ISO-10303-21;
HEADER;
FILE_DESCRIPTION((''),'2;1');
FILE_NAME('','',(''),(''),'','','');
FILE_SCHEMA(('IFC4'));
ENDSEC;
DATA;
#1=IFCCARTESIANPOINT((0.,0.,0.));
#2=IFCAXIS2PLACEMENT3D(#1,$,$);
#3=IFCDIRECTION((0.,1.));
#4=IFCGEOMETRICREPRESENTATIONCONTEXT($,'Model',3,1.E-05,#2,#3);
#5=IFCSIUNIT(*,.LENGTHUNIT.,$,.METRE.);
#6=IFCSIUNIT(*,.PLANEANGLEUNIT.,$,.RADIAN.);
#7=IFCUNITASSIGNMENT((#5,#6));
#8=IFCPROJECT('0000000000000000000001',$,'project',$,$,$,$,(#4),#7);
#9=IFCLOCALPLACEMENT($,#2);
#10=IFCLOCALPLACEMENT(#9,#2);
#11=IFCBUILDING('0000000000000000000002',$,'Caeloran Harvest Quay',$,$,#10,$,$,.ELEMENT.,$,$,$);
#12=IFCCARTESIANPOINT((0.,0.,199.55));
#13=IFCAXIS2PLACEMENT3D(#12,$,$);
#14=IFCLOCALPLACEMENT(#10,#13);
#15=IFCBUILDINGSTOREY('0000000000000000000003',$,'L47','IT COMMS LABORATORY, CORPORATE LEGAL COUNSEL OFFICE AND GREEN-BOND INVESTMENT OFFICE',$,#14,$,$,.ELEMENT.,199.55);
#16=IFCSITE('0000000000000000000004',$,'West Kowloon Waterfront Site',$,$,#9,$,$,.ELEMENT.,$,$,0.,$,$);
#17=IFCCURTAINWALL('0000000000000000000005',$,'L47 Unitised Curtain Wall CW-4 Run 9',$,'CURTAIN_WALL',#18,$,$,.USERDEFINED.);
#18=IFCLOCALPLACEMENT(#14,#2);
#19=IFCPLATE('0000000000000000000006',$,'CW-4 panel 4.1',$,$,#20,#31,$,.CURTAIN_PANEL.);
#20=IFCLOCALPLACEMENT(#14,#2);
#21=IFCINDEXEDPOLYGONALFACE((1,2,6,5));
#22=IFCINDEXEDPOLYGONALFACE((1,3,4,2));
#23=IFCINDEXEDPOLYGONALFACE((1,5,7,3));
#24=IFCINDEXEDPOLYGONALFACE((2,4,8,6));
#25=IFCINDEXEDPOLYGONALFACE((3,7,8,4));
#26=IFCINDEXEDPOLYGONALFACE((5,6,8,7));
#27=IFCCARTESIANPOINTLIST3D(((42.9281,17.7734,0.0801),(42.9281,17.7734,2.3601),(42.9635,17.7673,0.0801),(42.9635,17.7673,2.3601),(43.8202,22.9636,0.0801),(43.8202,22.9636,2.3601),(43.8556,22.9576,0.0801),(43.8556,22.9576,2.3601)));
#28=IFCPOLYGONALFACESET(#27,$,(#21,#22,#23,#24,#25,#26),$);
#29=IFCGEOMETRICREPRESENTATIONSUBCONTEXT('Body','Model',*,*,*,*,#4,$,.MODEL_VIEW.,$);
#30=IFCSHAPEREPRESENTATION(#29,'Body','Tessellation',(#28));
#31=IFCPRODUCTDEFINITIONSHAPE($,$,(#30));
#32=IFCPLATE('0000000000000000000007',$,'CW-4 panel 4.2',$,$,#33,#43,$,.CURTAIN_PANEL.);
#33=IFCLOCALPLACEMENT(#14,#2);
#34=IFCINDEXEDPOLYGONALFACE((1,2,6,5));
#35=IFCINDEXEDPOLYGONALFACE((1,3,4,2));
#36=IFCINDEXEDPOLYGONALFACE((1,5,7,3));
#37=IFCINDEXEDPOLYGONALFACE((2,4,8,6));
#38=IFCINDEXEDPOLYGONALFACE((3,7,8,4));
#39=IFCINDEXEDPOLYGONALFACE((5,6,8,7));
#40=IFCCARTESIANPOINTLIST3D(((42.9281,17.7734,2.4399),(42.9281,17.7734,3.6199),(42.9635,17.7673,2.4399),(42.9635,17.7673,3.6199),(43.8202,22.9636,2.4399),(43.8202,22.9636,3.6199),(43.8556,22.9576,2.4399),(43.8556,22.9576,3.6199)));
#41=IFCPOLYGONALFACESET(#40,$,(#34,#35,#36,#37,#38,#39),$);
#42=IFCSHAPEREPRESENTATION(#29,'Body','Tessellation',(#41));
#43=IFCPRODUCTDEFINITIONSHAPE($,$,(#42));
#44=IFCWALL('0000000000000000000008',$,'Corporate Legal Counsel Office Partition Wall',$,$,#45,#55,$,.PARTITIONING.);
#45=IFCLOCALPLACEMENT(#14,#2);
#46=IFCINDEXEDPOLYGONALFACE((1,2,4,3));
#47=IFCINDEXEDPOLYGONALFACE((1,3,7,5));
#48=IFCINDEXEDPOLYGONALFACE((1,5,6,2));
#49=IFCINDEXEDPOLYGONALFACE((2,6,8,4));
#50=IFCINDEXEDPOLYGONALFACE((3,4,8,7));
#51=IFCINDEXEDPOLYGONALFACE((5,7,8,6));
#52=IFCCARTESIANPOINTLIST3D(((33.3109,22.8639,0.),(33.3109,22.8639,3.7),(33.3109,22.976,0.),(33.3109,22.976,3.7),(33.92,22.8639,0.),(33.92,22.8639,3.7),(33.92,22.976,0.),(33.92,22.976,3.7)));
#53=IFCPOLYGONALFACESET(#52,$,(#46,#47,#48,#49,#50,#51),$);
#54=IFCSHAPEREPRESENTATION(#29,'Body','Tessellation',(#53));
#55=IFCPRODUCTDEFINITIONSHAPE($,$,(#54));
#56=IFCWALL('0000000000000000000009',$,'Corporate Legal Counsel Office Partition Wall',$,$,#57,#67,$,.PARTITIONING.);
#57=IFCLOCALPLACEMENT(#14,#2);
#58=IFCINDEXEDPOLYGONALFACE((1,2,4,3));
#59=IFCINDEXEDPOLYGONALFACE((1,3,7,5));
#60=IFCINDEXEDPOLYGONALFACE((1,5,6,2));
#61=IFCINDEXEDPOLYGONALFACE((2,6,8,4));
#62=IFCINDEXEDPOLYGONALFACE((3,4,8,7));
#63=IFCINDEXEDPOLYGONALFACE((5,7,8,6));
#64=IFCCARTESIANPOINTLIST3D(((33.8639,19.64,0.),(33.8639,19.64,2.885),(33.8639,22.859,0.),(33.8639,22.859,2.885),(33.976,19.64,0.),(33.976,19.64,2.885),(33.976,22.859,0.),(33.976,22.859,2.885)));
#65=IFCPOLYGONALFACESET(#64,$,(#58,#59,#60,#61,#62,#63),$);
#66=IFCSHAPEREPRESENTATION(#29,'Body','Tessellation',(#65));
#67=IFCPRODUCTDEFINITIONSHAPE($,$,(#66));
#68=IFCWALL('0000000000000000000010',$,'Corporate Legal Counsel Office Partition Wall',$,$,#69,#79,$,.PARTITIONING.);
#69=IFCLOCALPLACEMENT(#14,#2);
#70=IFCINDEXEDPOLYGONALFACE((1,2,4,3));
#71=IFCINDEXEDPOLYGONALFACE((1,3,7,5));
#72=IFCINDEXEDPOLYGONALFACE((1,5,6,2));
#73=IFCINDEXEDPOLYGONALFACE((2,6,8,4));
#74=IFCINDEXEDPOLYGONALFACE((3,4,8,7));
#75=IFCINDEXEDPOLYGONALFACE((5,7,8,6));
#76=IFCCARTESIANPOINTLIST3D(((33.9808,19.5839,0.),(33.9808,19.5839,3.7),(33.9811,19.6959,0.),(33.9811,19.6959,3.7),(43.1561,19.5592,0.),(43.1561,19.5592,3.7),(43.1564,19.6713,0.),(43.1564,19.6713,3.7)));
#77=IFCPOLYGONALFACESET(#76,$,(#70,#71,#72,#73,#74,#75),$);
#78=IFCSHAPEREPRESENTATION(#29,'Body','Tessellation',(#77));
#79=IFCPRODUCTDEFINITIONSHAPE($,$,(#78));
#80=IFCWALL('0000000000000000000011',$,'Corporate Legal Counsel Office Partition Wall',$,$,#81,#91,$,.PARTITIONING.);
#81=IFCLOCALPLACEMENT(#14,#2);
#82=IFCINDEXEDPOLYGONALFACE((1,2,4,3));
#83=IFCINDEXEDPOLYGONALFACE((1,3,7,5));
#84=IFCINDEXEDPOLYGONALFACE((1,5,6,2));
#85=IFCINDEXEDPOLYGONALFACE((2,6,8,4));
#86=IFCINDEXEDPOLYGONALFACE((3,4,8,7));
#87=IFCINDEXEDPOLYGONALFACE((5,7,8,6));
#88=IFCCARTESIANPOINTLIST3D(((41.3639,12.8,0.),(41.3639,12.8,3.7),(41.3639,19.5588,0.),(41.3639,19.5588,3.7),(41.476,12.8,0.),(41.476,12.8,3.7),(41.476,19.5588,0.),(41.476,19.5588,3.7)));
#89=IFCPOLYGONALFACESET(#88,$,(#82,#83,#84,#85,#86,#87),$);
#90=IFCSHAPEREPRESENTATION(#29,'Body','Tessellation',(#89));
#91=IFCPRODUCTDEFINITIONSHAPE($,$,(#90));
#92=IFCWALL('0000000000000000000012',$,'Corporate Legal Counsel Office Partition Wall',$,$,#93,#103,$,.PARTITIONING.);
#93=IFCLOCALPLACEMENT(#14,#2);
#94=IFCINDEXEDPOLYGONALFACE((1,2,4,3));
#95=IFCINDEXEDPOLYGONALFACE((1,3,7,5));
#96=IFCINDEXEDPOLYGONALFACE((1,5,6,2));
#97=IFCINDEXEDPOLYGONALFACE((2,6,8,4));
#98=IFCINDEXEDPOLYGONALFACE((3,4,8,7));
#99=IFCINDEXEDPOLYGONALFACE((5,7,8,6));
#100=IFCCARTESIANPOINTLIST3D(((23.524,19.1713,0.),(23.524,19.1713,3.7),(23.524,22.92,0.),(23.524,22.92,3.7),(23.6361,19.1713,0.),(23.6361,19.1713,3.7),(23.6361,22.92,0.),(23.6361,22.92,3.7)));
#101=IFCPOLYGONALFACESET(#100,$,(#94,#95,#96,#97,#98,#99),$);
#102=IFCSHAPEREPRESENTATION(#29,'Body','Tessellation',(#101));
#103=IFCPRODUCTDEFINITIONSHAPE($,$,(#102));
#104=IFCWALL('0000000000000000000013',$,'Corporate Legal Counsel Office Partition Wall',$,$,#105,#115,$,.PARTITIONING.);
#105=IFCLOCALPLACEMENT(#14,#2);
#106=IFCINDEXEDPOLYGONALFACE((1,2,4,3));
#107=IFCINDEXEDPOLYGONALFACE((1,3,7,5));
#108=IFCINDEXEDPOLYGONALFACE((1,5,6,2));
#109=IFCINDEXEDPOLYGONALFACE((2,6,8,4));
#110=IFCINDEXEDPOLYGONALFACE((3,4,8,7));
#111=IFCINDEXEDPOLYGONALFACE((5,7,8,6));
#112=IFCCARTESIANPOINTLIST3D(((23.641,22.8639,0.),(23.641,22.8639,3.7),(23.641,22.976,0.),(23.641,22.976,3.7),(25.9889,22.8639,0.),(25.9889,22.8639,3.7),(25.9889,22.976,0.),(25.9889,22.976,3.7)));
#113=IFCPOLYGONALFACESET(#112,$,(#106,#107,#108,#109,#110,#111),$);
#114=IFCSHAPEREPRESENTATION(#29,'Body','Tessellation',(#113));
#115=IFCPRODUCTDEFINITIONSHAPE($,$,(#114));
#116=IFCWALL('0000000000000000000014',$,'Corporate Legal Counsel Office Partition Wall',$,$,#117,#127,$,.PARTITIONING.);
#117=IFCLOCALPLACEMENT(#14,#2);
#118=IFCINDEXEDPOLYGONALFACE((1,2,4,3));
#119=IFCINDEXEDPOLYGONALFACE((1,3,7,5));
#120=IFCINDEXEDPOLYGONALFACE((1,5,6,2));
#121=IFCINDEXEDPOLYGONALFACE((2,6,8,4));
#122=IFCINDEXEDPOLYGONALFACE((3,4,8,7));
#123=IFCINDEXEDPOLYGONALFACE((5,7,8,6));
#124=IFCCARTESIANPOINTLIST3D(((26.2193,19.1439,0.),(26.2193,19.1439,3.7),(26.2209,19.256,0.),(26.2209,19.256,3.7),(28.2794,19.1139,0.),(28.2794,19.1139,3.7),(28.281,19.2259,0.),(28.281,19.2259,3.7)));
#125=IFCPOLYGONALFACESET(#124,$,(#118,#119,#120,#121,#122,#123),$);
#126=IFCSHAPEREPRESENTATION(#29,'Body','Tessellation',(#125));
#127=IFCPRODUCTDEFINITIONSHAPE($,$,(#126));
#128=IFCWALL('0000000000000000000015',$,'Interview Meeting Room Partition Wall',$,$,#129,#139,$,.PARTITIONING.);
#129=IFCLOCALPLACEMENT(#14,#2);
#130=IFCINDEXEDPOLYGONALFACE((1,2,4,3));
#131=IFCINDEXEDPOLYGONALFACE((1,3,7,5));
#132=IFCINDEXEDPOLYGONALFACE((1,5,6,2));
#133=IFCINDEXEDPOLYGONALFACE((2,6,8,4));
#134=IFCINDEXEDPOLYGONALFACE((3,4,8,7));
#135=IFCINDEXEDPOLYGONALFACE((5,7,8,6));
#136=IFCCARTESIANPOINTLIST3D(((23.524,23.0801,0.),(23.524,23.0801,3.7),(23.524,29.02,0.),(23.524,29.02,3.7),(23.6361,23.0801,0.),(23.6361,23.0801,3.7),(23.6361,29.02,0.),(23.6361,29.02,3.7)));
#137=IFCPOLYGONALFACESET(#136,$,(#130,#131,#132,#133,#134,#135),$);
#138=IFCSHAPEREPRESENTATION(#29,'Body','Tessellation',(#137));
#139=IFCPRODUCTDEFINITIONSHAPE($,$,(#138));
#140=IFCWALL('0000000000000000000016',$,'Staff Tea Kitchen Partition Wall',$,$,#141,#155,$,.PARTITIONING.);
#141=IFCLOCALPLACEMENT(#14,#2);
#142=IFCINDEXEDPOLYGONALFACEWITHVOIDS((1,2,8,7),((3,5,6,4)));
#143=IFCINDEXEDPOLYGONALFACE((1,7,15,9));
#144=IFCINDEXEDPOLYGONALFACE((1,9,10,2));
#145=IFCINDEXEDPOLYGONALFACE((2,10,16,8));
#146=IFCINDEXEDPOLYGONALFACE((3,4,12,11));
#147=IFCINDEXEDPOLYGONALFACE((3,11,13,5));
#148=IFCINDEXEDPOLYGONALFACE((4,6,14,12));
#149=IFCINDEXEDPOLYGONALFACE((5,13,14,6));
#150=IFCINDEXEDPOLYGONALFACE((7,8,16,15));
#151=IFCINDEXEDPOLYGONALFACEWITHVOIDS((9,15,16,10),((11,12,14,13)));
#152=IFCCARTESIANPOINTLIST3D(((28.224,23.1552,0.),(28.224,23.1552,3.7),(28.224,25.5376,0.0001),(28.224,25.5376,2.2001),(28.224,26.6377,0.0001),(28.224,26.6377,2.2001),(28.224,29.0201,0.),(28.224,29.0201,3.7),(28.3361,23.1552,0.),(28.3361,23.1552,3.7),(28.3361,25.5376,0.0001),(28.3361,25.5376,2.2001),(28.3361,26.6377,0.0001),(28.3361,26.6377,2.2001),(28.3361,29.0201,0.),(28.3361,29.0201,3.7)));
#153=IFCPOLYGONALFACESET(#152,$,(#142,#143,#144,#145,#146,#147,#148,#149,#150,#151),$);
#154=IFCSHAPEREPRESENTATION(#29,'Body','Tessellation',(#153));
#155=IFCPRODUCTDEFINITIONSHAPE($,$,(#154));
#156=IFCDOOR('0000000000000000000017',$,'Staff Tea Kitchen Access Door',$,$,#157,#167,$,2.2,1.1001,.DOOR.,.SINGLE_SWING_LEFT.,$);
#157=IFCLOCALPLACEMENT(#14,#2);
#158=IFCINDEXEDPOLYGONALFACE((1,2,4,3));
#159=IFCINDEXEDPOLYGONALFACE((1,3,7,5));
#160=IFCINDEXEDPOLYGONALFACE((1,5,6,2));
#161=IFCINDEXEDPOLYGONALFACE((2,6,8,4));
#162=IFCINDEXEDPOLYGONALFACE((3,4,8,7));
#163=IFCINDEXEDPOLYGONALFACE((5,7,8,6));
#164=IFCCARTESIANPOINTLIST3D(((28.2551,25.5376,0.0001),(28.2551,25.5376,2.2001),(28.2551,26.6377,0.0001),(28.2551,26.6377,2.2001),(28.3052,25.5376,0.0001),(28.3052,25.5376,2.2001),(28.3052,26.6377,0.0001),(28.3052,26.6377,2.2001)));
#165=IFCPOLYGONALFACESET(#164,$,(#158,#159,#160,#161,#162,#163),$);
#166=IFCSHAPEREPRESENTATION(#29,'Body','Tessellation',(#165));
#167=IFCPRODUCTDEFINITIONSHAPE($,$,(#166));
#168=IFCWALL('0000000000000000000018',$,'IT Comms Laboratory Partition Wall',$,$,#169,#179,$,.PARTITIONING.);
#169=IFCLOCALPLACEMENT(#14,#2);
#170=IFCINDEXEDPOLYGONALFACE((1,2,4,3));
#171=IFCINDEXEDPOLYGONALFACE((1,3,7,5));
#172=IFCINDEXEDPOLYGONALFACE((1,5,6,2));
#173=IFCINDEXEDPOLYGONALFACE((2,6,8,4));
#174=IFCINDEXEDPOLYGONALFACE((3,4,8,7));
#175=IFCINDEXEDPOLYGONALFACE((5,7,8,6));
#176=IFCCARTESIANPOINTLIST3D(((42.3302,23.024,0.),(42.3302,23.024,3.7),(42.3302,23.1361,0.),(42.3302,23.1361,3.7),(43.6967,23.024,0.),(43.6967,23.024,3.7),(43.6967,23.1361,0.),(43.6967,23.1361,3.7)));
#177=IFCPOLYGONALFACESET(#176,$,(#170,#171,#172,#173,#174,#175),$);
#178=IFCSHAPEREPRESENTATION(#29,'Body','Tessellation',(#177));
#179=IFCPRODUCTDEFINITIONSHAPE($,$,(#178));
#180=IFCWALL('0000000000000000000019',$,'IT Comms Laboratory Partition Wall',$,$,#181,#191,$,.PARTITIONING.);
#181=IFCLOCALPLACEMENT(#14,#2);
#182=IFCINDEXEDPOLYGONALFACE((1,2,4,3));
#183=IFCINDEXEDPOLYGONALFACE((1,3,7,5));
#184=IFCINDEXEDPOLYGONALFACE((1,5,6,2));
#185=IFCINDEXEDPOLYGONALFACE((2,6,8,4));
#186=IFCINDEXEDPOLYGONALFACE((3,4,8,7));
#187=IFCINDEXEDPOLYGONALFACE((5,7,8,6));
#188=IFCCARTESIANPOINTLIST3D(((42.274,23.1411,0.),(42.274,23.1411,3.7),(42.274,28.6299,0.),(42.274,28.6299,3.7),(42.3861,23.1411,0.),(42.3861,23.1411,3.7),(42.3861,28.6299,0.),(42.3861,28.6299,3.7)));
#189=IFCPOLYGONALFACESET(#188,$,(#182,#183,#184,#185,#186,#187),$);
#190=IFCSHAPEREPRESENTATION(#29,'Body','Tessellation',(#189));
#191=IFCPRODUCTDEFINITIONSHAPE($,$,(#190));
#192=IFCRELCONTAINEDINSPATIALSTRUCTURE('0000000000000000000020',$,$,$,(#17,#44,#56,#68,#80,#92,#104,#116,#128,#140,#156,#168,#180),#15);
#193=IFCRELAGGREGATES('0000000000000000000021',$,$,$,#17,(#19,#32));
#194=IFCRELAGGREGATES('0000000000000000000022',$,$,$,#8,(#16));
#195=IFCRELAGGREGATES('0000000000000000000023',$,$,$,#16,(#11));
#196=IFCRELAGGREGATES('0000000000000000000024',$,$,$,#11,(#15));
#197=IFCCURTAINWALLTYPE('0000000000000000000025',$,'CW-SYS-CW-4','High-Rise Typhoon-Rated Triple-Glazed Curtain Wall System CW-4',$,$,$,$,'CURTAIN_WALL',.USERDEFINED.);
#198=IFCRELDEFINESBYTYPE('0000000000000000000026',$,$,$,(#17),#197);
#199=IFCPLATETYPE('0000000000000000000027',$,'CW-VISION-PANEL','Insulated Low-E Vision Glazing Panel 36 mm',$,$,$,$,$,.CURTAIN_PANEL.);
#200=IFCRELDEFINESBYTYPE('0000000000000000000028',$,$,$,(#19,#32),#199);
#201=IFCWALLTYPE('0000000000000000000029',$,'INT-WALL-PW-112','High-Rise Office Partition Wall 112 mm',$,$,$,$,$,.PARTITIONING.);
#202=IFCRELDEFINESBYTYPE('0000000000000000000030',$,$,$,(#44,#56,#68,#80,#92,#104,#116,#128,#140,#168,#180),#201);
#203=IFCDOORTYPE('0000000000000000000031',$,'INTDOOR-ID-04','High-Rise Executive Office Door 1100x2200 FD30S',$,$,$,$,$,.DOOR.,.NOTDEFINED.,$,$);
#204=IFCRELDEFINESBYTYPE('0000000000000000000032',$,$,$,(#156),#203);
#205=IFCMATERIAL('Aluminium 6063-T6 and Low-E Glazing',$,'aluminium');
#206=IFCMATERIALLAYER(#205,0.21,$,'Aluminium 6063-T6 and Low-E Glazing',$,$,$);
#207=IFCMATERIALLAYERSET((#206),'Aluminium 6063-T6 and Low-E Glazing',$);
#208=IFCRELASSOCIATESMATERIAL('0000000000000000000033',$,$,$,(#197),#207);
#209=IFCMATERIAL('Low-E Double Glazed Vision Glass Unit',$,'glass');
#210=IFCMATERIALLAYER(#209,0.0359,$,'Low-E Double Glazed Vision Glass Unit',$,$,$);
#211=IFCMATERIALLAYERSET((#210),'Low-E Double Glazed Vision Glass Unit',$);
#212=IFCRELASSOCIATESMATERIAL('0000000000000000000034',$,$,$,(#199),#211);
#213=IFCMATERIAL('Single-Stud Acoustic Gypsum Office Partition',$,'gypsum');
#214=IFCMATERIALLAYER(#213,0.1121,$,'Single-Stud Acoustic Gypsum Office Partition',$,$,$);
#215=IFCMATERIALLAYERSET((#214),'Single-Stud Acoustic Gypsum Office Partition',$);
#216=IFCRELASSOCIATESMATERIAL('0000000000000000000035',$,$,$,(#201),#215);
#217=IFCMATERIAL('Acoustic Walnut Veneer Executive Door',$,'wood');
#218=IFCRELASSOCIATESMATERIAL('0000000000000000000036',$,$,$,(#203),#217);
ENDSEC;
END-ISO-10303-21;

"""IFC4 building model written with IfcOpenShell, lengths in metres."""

from ifc_helpers import new_model, si_unit, direction, frame, frame_2d, origin, origin_2d, place, context, subcontext, project, spatial, rectangle, extrude, material, layer, layer_set, type_object, element, fill, aggregate, save


model = new_model("IFC4")

# Units and contexts
model_context = context("Model", 3, precision=1e-05, world=origin(), true_north=direction((0.0, 1.0)))
body_context = subcontext(model_context, "Body", "Model", "MODEL_VIEW")
ifc_project = project(units=[si_unit("LENGTHUNIT", "METRE"), si_unit("PLANEANGLEUNIT", "RADIAN")], contexts=[model_context])

# Site, building, storey
site_placement = place(None, origin())
site = spatial("IfcSite", under=ifc_project, at=site_placement, Name="West Kowloon Waterfront Site", CompositionType="ELEMENT", RefElevation=0.0)
building_placement = place(site_placement, origin())
building = spatial("IfcBuilding", under=site, at=building_placement, Name="Caeloran Harvest Quay", CompositionType="ELEMENT")
storey_placement = place(building_placement, frame((0.0, 0.0, 199.55)))
storey = spatial("IfcBuildingStorey", under=building, at=storey_placement, Name="L47", Description="IT COMMS LABORATORY, CORPORATE LEGAL COUNSEL OFFICE AND GREEN-BOND INVESTMENT OFFICE", CompositionType="ELEMENT", Elevation=199.55)

# Curtain wall, plates
ifc_material_1 = material(Name="Aluminium 6063-T6 and Low-E Glazing", Category="aluminium")
ifc_layer_1 = layer(ifc_material_1, 0.21, Name="Aluminium 6063-T6 and Low-E Glazing")
ifc_layer_set_1 = layer_set([ifc_layer_1], Name="Aluminium 6063-T6 and Low-E Glazing")
curtain_wall_type = type_object("IfcCurtainWallType", Name="CW-SYS-CW-4", Description="High-Rise Typhoon-Rated Triple-Glazed Curtain Wall System CW-4", ElementType="CURTAIN_WALL", PredefinedType="USERDEFINED", material=ifc_layer_set_1)
curtain_wall_placement = place(storey_placement, origin())
curtain_wall = element("IfcCurtainWall", 1, at=curtain_wall_placement, inside=storey, type_object=curtain_wall_type, Name="L47 Unitised Curtain Wall CW-4 Run 9", ObjectType="CURTAIN_WALL", PredefinedType="USERDEFINED")
ifc_material_2 = material(Name="Low-E Double Glazed Vision Glass Unit", Category="glass")
ifc_layer_2 = layer(ifc_material_2, 0.0359, Name="Low-E Double Glazed Vision Glass Unit")
ifc_layer_set_2 = layer_set([ifc_layer_2], Name="Low-E Double Glazed Vision Glass Unit")
plate_type = type_object("IfcPlateType", Name="CW-VISION-PANEL", Description="Insulated Low-E Vision Glazing Panel 36 mm", PredefinedType="CURTAIN_PANEL", material=ifc_layer_set_2)
plate_1_placement = place(storey_placement, frame((43.3918, 20.3655, 0.0801), z_axis=(0.0, 0.0, 1.0), x_axis=(-0.169392, -0.985549, 0.0)))
plate_1 = element("IfcPlate", 2, at=plate_1_placement, type_object=plate_type, Name="CW-4 panel 4.1", PredefinedType="CURTAIN_PANEL", context=body_context, shape_type="SweptSolid", body=[
    extrude(rectangle(XDim=5.2664, YDim=0.0359, at=origin_2d()), origin(), (0.0, 0.0, 1.0), 2.28),
])
plate_2_placement = place(storey_placement, frame((43.3918, 20.3655, 2.4399), z_axis=(0.0, 0.0, 1.0), x_axis=(-0.169392, -0.985549, 0.0)))
plate_2 = element("IfcPlate", 3, at=plate_2_placement, type_object=plate_type, Name="CW-4 panel 4.2", PredefinedType="CURTAIN_PANEL", context=body_context, shape_type="SweptSolid", body=[
    extrude(rectangle(XDim=5.2664, YDim=0.0359, at=origin_2d()), origin(), (0.0, 0.0, 1.0), 1.1799),
])
aggregate(curtain_wall, [plate_1, plate_2])

# Walls
ifc_material_3 = material(Name="Single-Stud Acoustic Gypsum Office Partition", Category="gypsum")
ifc_layer_3 = layer(ifc_material_3, 0.1121, Name="Single-Stud Acoustic Gypsum Office Partition")
ifc_layer_set_3 = layer_set([ifc_layer_3], Name="Single-Stud Acoustic Gypsum Office Partition")
wall_type_1 = type_object("IfcWallType", Name="INT-WALL-PW-112", Description="High-Rise Office Partition Wall 112 mm", PredefinedType="PARTITIONING", material=ifc_layer_set_3)
wall_1_placement = place(storey_placement, frame((33.3108, 22.9199, 0.0), z_axis=(0.0, 0.0, 1.0), x_axis=(1.0, 0.0, 0.0)))
element("IfcWall", 4, at=wall_1_placement, inside=storey, type_object=wall_type_1, Name="Corporate Legal Counsel Office Partition Wall", PredefinedType="PARTITIONING", context=body_context, shape_type="SweptSolid", body=[
    extrude(rectangle(XDim=0.6091, YDim=0.1121, at=frame_2d((0.3047, 0.0))), origin(), (0.0, 0.0, 1.0), 3.7),
])
wall_2_placement = place(storey_placement, frame((33.9199, 22.8589, 0.0), z_axis=(0.0, 0.0, 1.0), x_axis=(0.0, -1.0, 0.0)))
element("IfcWall", 5, at=wall_2_placement, inside=storey, type_object=wall_type_1, Name="Corporate Legal Counsel Office Partition Wall", PredefinedType="PARTITIONING", context=body_context, shape_type="SweptSolid", body=[
    extrude(rectangle(XDim=3.219, YDim=0.1121, at=frame_2d((1.6094, 0.0))), origin(), (0.0, 0.0, 1.0), 2.885),
])
wall_3_placement = place(storey_placement, frame((33.981, 19.6399, 0.0), z_axis=(0.0, 0.0, 1.0), x_axis=(0.999996, -0.002687, 0.0)))
element("IfcWall", 6, at=wall_3_placement, inside=storey, type_object=wall_type_1, Name="Corporate Legal Counsel Office Partition Wall", PredefinedType="PARTITIONING", context=body_context, shape_type="SweptSolid", body=[
    extrude(rectangle(XDim=9.1753, YDim=0.1121, at=frame_2d((4.5876, 0.0))), origin(), (0.0, 0.0, 1.0), 3.7),
])
wall_4_placement = place(storey_placement, frame((41.4199, 19.5588, 0.0), z_axis=(0.0, 0.0, 1.0), x_axis=(0.0, -1.0, 0.0)))
element("IfcWall", 7, at=wall_4_placement, inside=storey, type_object=wall_type_1, Name="Corporate Legal Counsel Office Partition Wall", PredefinedType="PARTITIONING", context=body_context, shape_type="SweptSolid", body=[
    extrude(rectangle(XDim=6.7588, YDim=0.1121, at=frame_2d((3.3794, 0.0))), origin(), (0.0, 0.0, 1.0), 3.7),
])
wall_5_placement = place(storey_placement, frame((23.5801, 19.1711, 0.0), z_axis=(0.0, 0.0, 1.0), x_axis=(0.0, 1.0, 0.0)))
element("IfcWall", 8, at=wall_5_placement, inside=storey, type_object=wall_type_1, Name="Corporate Legal Counsel Office Partition Wall", PredefinedType="PARTITIONING", context=body_context, shape_type="SweptSolid", body=[
    extrude(rectangle(XDim=3.7488, YDim=0.1121, at=frame_2d((1.8745, 0.0))), origin(), (0.0, 0.0, 1.0), 3.7),
])
wall_6_placement = place(storey_placement, frame((23.6411, 22.9199, 0.0), z_axis=(0.0, 0.0, 1.0), x_axis=(1.0, 0.0, 0.0)))
element("IfcWall", 9, at=wall_6_placement, inside=storey, type_object=wall_type_1, Name="Corporate Legal Counsel Office Partition Wall", PredefinedType="PARTITIONING", context=body_context, shape_type="SweptSolid", body=[
    extrude(rectangle(XDim=2.3479, YDim=0.1121, at=frame_2d((1.1738, 0.0))), origin(), (0.0, 0.0, 1.0), 3.7),
])
wall_7_placement = place(storey_placement, frame((26.22, 19.2, 0.0), z_axis=(0.0, 0.0, 1.0), x_axis=(0.999894, -0.014575, 0.0)))
element("IfcWall", 10, at=wall_7_placement, inside=storey, type_object=wall_type_1, Name="Corporate Legal Counsel Office Partition Wall", PredefinedType="PARTITIONING", context=body_context, shape_type="SweptSolid", body=[
    extrude(rectangle(XDim=2.0603, YDim=0.1121, at=frame_2d((1.0303, 0.0))), origin(), (0.0, 0.0, 1.0), 3.7),
])
wall_8_placement = place(storey_placement, frame((23.5801, 23.0801, 0.0), z_axis=(0.0, 0.0, 1.0), x_axis=(0.0, 1.0, 0.0)))
element("IfcWall", 11, at=wall_8_placement, inside=storey, type_object=wall_type_1, Name="Interview Meeting Room Partition Wall", PredefinedType="PARTITIONING", context=body_context, shape_type="SweptSolid", body=[
    extrude(rectangle(XDim=5.9399, YDim=0.1121, at=frame_2d((2.97, 0.0))), origin(), (0.0, 0.0, 1.0), 3.7),
])

# Wall, opening, door
wall_9_placement = place(storey_placement, frame((28.28, 23.155, 0.0), z_axis=(0.0, 0.0, 1.0), x_axis=(0.0, 1.0, 0.0)))
wall_9 = element("IfcWall", 12, at=wall_9_placement, inside=storey, type_object=wall_type_1, Name="Staff Tea Kitchen Partition Wall", PredefinedType="PARTITIONING", context=body_context, shape_type="SweptSolid", body=[
    extrude(rectangle(XDim=5.865, YDim=0.1121, at=frame_2d((2.9326, 0.0))), origin(), (0.0, 0.0, 1.0), 3.7),
])
opening_1_placement = place(wall_9_placement, frame((2.3826, 0.0, 0.0)))
opening_1 = element("IfcOpeningElement", 13, at=opening_1_placement, cuts=wall_9, PredefinedType="OPENING", context=body_context, shape_type="SweptSolid", body=[
    extrude(rectangle(XDim=1.1001, YDim=2.2, at=frame_2d((0.55, 1.1001))), frame((0.0, 0.0659, 0.0), z_axis=(0.0, -1.0, 0.0), x_axis=(1.0, 0.0, 0.0)), (0.0, 0.0, 1.0), 0.1321),
])
ifc_material_4 = material(Name="Acoustic Walnut Veneer Executive Door", Category="wood")
door_type_1 = type_object("IfcDoorType", Name="INTDOOR-ID-04", Description="High-Rise Executive Office Door 1100x2200 FD30S", OperationType="NOTDEFINED", PredefinedType="DOOR", material=ifc_material_4)
door_1_placement = place(opening_1_placement, origin())
door_1 = element("IfcDoor", 14, at=door_1_placement, inside=storey, type_object=door_type_1, Name="Staff Tea Kitchen Access Door", OperationType="SINGLE_SWING_LEFT", OverallHeight=2.2, OverallWidth=1.1001, PredefinedType="DOOR", context=body_context, shape_type="SweptSolid", body=[
    extrude(rectangle(XDim=1.1001, YDim=2.2, at=frame_2d((0.55, 1.1001))), frame((0.0, 0.0249, 0.0), z_axis=(0.0, -1.0, 0.0), x_axis=(1.0, 0.0, 0.0)), (0.0, 0.0, 1.0), 0.05),
])
fill(opening_1, door_1)

# Walls
wall_10_placement = place(storey_placement, frame((43.6965, 23.0801, 0.0), z_axis=(0.0, 0.0, 1.0), x_axis=(-1.0, 0.0, 0.0)))
element("IfcWall", 15, at=wall_10_placement, inside=storey, type_object=wall_type_1, Name="IT Comms Laboratory Partition Wall", PredefinedType="PARTITIONING", context=body_context, shape_type="SweptSolid", body=[
    extrude(rectangle(XDim=1.3665, YDim=0.1121, at=frame_2d((0.6831, 0.0))), origin(), (0.0, 0.0, 1.0), 3.7),
])
wall_11_placement = place(storey_placement, frame((42.3301, 23.1411, 0.0), z_axis=(0.0, 0.0, 1.0), x_axis=(0.0, 1.0, 0.0)))
element("IfcWall", 16, at=wall_11_placement, inside=storey, type_object=wall_type_1, Name="IT Comms Laboratory Partition Wall", PredefinedType="PARTITIONING", context=body_context, shape_type="SweptSolid", body=[
    extrude(rectangle(XDim=5.4888, YDim=0.1121, at=frame_2d((2.7444, 0.0))), origin(), (0.0, 0.0, 1.0), 3.7),
])

save(model, "model.ifc")
